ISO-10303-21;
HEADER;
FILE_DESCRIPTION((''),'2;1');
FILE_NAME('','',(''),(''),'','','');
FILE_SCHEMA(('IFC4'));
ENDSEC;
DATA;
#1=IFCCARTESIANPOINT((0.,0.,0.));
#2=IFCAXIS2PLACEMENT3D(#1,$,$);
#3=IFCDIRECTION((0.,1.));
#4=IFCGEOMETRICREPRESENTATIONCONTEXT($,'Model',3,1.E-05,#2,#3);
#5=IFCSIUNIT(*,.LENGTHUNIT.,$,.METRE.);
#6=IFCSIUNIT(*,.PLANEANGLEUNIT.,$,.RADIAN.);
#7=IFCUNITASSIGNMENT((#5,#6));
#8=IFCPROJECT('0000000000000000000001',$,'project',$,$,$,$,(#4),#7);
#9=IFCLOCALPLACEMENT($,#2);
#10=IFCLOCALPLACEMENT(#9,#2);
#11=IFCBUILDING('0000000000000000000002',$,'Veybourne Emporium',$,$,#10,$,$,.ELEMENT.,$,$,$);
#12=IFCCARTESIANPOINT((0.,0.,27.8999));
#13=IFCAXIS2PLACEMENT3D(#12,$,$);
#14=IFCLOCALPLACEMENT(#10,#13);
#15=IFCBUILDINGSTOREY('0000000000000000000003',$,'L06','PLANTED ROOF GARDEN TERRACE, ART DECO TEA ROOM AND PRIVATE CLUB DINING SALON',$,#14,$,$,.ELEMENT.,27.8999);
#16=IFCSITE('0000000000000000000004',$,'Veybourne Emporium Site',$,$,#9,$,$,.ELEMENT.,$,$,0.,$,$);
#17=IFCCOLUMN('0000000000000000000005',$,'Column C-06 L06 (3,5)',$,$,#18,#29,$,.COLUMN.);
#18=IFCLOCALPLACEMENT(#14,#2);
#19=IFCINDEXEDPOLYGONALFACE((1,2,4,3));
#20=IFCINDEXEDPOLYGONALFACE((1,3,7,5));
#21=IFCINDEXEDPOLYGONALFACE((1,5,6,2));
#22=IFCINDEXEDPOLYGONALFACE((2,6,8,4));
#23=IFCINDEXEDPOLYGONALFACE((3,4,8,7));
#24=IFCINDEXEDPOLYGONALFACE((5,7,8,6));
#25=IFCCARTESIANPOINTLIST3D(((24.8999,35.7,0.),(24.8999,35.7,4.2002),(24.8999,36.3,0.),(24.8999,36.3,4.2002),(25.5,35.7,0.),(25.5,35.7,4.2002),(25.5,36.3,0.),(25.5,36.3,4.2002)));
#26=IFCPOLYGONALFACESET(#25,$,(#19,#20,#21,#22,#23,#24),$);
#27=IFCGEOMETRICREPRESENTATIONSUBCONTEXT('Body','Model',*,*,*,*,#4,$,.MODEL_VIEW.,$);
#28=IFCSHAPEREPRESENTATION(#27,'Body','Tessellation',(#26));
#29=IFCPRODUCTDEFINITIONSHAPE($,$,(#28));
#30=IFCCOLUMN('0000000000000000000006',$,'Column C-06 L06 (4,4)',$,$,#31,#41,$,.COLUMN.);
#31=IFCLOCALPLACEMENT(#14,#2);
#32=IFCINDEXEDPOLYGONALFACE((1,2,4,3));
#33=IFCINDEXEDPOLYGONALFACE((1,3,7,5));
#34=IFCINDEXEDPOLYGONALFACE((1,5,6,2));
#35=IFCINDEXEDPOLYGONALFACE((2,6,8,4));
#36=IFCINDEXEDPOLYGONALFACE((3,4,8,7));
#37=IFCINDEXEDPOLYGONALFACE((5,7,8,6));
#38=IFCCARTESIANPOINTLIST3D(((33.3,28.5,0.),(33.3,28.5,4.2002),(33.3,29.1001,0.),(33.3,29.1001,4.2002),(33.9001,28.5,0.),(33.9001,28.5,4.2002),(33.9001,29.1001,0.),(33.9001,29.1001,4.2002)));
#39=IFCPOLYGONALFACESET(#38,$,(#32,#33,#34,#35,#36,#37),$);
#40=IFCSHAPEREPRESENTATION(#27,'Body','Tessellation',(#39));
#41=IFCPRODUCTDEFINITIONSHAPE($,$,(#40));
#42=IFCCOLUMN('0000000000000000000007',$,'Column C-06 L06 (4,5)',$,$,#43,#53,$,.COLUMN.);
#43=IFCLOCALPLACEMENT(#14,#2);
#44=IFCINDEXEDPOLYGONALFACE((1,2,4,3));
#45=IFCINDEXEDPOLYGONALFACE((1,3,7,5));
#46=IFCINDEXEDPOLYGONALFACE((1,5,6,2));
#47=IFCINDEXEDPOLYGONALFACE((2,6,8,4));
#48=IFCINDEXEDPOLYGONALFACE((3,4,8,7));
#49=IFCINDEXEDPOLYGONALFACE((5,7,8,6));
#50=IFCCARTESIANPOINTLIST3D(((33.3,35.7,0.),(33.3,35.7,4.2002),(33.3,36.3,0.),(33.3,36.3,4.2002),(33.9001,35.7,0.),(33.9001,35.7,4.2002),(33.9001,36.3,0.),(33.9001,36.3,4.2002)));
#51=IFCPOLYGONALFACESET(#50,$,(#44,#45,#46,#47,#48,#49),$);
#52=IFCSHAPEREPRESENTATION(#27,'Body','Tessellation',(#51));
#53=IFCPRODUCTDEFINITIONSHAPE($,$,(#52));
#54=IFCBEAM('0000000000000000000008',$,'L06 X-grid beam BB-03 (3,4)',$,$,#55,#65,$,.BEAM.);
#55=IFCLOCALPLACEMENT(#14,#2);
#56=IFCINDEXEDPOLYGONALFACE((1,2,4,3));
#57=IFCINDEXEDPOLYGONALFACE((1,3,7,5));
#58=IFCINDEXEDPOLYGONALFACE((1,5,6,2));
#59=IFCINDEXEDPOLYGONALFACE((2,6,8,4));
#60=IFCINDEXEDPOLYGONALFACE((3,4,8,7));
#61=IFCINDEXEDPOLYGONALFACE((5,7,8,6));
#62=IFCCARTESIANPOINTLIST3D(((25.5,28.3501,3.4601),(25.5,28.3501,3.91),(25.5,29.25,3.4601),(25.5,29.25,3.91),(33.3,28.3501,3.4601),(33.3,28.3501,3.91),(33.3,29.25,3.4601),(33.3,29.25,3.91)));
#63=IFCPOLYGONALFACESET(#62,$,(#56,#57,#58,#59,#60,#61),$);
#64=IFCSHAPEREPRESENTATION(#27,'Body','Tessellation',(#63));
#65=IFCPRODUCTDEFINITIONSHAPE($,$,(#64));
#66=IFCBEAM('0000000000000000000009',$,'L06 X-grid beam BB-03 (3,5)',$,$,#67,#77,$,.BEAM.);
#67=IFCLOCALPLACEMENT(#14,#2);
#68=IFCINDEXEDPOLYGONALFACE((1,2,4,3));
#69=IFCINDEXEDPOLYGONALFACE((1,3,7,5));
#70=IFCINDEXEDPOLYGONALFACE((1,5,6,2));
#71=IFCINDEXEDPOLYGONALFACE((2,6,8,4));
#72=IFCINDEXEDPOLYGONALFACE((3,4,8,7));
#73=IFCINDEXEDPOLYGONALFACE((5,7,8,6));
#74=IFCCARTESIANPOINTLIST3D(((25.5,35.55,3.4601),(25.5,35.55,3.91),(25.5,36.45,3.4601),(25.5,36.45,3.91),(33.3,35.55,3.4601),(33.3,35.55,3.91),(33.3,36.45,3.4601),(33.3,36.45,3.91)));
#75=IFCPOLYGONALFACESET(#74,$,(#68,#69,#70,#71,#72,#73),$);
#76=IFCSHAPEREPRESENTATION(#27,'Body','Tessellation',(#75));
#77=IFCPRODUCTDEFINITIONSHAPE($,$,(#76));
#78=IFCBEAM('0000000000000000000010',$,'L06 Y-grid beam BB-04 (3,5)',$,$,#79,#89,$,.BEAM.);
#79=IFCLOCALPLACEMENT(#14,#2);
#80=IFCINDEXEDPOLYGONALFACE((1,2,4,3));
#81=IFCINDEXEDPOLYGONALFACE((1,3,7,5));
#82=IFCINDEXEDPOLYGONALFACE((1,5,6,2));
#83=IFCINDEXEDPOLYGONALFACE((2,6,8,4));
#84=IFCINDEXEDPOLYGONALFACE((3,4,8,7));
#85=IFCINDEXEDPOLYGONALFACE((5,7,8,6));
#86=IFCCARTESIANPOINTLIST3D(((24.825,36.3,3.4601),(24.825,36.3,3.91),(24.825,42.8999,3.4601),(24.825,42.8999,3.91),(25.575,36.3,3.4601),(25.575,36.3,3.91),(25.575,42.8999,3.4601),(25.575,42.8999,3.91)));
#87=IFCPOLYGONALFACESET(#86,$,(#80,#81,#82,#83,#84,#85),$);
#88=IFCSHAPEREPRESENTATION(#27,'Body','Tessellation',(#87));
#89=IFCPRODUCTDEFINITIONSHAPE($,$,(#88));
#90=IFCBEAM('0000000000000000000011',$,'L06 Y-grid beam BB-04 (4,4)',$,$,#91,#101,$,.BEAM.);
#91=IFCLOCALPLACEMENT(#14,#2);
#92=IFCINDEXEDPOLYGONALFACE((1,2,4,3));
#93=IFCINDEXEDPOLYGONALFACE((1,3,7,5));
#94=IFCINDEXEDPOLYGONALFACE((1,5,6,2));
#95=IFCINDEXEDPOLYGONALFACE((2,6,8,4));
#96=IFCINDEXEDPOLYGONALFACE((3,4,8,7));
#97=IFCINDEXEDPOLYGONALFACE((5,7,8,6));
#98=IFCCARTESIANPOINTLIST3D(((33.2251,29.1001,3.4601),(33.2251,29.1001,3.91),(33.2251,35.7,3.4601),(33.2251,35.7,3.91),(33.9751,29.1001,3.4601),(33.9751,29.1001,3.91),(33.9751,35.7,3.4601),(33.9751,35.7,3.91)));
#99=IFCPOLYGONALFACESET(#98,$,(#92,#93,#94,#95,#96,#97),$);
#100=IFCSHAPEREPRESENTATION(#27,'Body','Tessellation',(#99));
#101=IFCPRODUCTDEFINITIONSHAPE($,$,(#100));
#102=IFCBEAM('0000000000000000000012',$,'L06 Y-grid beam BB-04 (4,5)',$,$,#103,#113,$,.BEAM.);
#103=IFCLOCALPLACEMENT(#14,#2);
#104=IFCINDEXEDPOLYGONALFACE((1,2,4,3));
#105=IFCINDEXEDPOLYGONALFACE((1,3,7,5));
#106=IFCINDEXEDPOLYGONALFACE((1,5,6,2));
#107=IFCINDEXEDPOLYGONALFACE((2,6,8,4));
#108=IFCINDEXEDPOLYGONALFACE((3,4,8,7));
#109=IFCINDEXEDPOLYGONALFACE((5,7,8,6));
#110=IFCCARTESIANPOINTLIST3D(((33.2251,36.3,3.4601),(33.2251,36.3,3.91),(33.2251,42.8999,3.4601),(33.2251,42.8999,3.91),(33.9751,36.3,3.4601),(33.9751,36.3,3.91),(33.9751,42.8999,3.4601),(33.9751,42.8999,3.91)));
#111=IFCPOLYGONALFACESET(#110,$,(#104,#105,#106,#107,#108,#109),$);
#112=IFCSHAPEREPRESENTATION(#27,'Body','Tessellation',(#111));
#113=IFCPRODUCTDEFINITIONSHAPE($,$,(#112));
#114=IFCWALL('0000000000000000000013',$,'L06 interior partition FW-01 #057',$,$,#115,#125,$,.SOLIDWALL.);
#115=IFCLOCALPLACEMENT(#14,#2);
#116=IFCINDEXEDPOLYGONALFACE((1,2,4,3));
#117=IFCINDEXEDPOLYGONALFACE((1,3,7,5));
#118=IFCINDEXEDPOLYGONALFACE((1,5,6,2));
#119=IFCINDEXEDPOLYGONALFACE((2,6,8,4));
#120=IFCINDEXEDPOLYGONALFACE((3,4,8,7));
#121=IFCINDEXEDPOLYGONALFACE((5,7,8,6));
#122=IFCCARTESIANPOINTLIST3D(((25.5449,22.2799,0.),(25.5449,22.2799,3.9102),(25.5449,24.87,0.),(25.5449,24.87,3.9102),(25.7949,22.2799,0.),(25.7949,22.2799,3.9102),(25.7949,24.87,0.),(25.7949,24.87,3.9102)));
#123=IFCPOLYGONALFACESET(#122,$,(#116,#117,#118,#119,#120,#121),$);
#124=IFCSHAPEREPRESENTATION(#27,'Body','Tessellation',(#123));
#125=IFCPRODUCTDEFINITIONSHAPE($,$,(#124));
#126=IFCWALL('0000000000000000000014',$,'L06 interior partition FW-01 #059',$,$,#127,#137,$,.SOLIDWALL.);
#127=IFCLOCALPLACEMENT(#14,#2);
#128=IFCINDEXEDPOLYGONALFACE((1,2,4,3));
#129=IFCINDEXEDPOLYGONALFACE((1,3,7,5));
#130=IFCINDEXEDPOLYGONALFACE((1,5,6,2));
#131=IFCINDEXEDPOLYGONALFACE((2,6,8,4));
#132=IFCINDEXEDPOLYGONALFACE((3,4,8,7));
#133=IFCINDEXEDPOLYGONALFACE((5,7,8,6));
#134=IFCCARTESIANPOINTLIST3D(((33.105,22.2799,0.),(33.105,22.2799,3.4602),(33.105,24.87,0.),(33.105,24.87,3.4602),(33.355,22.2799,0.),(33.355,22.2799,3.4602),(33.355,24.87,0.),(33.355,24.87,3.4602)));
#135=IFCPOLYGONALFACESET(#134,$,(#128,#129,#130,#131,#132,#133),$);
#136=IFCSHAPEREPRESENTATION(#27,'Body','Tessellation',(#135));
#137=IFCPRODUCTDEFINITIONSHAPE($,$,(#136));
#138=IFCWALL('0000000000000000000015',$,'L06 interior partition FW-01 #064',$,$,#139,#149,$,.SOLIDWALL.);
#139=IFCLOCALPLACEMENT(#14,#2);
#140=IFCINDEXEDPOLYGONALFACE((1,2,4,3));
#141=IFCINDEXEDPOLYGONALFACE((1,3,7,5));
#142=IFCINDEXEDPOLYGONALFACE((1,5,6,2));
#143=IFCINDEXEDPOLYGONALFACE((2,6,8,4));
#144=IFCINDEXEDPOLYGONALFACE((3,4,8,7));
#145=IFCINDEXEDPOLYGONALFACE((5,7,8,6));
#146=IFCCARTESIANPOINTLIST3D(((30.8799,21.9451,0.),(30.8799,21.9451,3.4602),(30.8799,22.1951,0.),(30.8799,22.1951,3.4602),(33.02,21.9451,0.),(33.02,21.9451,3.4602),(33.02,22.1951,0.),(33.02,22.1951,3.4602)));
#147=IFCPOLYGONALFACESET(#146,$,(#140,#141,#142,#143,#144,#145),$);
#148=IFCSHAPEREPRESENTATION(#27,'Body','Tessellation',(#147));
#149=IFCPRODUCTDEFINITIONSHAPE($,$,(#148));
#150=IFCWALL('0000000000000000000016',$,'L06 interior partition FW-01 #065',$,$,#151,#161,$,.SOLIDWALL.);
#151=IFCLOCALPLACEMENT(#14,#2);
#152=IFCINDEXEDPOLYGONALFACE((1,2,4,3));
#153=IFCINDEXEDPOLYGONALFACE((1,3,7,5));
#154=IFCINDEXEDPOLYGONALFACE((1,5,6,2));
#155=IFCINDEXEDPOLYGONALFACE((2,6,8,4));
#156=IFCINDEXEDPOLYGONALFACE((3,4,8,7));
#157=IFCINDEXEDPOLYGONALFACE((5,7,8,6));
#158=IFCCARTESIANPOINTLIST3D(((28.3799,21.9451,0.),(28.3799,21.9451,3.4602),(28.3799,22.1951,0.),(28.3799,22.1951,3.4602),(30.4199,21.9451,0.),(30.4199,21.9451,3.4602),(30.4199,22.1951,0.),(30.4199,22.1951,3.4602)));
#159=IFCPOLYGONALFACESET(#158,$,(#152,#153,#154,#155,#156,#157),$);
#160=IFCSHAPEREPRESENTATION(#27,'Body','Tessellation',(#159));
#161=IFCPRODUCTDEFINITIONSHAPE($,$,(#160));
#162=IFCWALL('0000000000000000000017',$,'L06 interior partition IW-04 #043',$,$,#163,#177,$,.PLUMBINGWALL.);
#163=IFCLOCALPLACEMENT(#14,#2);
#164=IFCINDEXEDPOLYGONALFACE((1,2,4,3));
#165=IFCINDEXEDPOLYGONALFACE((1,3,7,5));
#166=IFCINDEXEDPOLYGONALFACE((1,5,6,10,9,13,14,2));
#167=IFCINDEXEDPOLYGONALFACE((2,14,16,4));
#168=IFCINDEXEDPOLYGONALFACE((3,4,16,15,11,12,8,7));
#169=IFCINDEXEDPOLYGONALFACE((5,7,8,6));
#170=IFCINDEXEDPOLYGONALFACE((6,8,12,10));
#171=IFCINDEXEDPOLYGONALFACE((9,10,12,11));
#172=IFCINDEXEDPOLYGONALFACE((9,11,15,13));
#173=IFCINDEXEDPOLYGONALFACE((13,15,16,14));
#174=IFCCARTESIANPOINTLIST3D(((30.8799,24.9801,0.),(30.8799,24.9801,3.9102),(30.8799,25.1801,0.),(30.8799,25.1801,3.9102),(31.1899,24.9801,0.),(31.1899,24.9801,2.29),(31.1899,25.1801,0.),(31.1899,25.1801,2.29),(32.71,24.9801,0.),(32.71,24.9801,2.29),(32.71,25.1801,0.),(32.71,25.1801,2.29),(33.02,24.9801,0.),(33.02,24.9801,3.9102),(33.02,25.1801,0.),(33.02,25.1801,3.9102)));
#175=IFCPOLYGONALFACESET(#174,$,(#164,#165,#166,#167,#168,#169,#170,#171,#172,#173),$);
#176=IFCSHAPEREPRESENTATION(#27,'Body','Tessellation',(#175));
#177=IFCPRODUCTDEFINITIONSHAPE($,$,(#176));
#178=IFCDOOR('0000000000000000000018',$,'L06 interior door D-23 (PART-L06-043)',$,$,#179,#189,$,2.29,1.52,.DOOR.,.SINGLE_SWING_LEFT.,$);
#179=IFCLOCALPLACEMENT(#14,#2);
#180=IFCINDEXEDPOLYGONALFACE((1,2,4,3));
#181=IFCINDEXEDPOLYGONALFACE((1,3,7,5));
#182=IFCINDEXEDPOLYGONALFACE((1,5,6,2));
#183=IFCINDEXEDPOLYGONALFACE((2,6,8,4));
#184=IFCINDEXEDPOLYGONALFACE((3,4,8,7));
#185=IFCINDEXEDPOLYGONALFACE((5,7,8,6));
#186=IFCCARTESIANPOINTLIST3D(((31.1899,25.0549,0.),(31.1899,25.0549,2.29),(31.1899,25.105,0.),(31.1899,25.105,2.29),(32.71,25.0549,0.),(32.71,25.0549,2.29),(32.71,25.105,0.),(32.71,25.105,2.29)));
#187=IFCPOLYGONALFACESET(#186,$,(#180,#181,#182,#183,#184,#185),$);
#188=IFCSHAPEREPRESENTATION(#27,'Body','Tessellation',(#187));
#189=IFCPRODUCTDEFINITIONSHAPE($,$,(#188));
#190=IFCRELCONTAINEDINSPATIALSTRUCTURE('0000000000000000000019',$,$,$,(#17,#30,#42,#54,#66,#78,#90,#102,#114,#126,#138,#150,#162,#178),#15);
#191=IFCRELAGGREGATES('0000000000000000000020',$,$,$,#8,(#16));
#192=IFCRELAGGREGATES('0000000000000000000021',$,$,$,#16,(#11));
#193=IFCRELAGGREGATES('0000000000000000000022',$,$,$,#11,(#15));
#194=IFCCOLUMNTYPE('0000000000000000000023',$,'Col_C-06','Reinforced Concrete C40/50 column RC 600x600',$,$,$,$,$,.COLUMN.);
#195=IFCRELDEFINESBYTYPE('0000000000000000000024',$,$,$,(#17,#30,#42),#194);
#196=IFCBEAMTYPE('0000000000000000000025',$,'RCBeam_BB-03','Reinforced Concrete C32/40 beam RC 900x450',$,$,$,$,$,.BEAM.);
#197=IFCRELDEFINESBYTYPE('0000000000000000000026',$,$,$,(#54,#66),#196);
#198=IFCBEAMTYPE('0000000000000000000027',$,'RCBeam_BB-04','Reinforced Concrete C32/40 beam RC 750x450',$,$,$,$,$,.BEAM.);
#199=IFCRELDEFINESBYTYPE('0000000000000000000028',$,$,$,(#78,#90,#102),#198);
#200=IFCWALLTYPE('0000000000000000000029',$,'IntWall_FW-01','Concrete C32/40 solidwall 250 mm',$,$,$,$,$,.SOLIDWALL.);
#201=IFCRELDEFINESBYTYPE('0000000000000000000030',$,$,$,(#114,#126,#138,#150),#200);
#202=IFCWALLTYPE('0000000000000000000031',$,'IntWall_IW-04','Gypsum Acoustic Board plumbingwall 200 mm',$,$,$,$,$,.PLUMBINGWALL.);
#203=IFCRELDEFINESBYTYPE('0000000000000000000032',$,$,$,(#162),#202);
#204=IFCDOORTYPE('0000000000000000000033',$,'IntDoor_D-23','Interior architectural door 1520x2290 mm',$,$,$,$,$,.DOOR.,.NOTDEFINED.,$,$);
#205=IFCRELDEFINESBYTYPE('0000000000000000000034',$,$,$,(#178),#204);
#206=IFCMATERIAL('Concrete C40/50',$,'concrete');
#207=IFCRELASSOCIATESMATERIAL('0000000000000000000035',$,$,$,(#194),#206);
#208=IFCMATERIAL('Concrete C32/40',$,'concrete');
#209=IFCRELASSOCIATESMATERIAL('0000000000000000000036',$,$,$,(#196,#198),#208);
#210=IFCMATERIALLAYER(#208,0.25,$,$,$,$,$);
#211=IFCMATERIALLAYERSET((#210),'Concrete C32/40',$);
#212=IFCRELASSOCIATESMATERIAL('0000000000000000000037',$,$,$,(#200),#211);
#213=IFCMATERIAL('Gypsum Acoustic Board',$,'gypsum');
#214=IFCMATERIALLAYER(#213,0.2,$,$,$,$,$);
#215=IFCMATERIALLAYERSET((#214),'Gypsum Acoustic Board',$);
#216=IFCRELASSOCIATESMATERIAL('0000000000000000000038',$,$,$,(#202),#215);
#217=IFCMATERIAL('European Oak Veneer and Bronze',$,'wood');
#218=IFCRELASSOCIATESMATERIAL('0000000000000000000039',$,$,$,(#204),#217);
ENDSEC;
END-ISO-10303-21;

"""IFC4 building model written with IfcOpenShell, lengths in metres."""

from ifc_helpers import new_model, si_unit, direction, frame, frame_2d, origin, origin_2d, place, context, subcontext, project, spatial, rectangle, extrude, material, layer, layer_set, material_profile, profile_set, type_object, element, fill, save


model = new_model("IFC4")

# Units and contexts
model_context = context("Model", 3, precision=1e-05, world=origin(), true_north=direction((0.0, 1.0)))
body_context = subcontext(model_context, "Body", "Model", "MODEL_VIEW")
ifc_project = project(units=[si_unit("LENGTHUNIT", "METRE"), si_unit("PLANEANGLEUNIT", "RADIAN")], contexts=[model_context])

# Site, building, storey
site_placement = place(None, origin())
site = spatial("IfcSite", under=ifc_project, at=site_placement, Name="Veybourne Emporium Site", CompositionType="ELEMENT", RefElevation=0.0)
building_placement = place(site_placement, origin())
building = spatial("IfcBuilding", under=site, at=building_placement, Name="Veybourne Emporium", CompositionType="ELEMENT")
storey_placement = place(building_placement, frame((0.0, 0.0, 27.8999)))
storey = spatial("IfcBuildingStorey", under=building, at=storey_placement, Name="L06", Description="PLANTED ROOF GARDEN TERRACE, ART DECO TEA ROOM AND PRIVATE CLUB DINING SALON", CompositionType="ELEMENT", Elevation=27.8999)

# Columns
ifc_material_1 = material(Name="Concrete C40/50", Category="concrete")
ifc_material_profile_1 = material_profile(ifc_material_1, rectangle(XDim=0.6001, YDim=0.6001, at=origin_2d()), Name="RC 600x600")
ifc_profile_set_1 = profile_set([ifc_material_profile_1], Name="Concrete C40/50")
column_type = type_object("IfcColumnType", Name="Col_C-06", Description="Reinforced Concrete C40/50 column RC 600x600", PredefinedType="COLUMN", material=ifc_profile_set_1)
for number, where, z_axis, x_axis, name in (
    (1, (25.2, 36.0, 0.0), (0.0, 0.0, 1.0), (1.0, 0.0, 0.0), "Column C-06 L06 (3,5)"),
    (2, (33.6001, 28.8, 0.0), (0.0, 0.0, 1.0), (1.0, 0.0, 0.0), "Column C-06 L06 (4,4)"),
    (3, (33.6001, 36.0, 0.0), (0.0, 0.0, 1.0), (1.0, 0.0, 0.0), "Column C-06 L06 (4,5)"),
):
    element("IfcColumn", number, at=place(storey_placement, frame(where, z_axis=z_axis, x_axis=x_axis)), inside=storey, type_object=column_type, Name=name, PredefinedType="COLUMN", context=body_context, shape_type="SweptSolid", body=[
        extrude(rectangle(XDim=0.6001, YDim=0.6001, at=origin_2d()), origin(), (0.0, 0.0, 1.0), 4.2002),
    ])

# Beams
ifc_material_2 = material(Name="Concrete C32/40", Category="concrete")
ifc_material_profile_2 = material_profile(ifc_material_2, rectangle(XDim=0.8999, YDim=0.45, at=origin_2d()), Name="RC 900x450")
ifc_profile_set_2 = profile_set([ifc_material_profile_2], Name="Concrete C32/40")
beam_type_1 = type_object("IfcBeamType", Name="RCBeam_BB-03", Description="Reinforced Concrete C32/40 beam RC 900x450", PredefinedType="BEAM", material=ifc_profile_set_2)
for number, where, z_axis, x_axis, name in (
    (4, (25.5, 28.8, 3.6851), (1.0, 0.0, 0.0), (0.0, 1.0, 0.0), "L06 X-grid beam BB-03 (3,4)"),
    (5, (25.5, 36.0, 3.6851), (1.0, 0.0, 0.0), (0.0, 1.0, 0.0), "L06 X-grid beam BB-03 (3,5)"),
):
    element("IfcBeam", number, at=place(storey_placement, frame(where, z_axis=z_axis, x_axis=x_axis)), inside=storey, type_object=beam_type_1, Name=name, PredefinedType="BEAM", context=body_context, shape_type="SweptSolid", body=[
        extrude(rectangle(XDim=0.8999, YDim=0.45, at=origin_2d()), origin(), (0.0, 0.0, 1.0), 7.8),
    ])
ifc_material_profile_3 = material_profile(ifc_material_2, rectangle(XDim=0.75, YDim=0.45, at=origin_2d()), Name="RC 750x450")
ifc_profile_set_3 = profile_set([ifc_material_profile_3], Name="Concrete C32/40")
beam_type_2 = type_object("IfcBeamType", Name="RCBeam_BB-04", Description="Reinforced Concrete C32/40 beam RC 750x450", PredefinedType="BEAM", material=ifc_profile_set_3)
for number, where, z_axis, x_axis, name in (
    (6, (25.2, 36.3, 3.6851), (0.0, 1.0, 0.0), (-1.0, 0.0, 0.0), "L06 Y-grid beam BB-04 (3,5)"),
    (7, (33.6001, 29.1001, 3.6851), (0.0, 1.0, 0.0), (-1.0, 0.0, 0.0), "L06 Y-grid beam BB-04 (4,4)"),
    (8, (33.6001, 36.3, 3.6851), (0.0, 1.0, 0.0), (-1.0, 0.0, 0.0), "L06 Y-grid beam BB-04 (4,5)"),
):
    element("IfcBeam", number, at=place(storey_placement, frame(where, z_axis=z_axis, x_axis=x_axis)), inside=storey, type_object=beam_type_2, Name=name, PredefinedType="BEAM", context=body_context, shape_type="SweptSolid", body=[
        extrude(rectangle(XDim=0.75, YDim=0.45, at=origin_2d()), origin(), (0.0, 0.0, 1.0), 6.5999),
    ])

# Walls
ifc_layer_1 = layer(ifc_material_2, 0.25)
ifc_layer_set_1 = layer_set([ifc_layer_1], Name="Concrete C32/40")
wall_type_1 = type_object("IfcWallType", Name="IntWall_FW-01", Description="Concrete C32/40 solidwall 250 mm", PredefinedType="SOLIDWALL", material=ifc_layer_set_1)
wall_1_placement = place(storey_placement, frame((25.6699, 22.28, 0.0), z_axis=(0.0, 0.0, 1.0), x_axis=(0.0, 1.0, 0.0)))
element("IfcWall", 9, at=wall_1_placement, inside=storey, type_object=wall_type_1, Name="L06 interior partition FW-01 #057", PredefinedType="SOLIDWALL", context=body_context, shape_type="SweptSolid", body=[
    extrude(rectangle(XDim=2.5901, YDim=0.25, at=frame_2d((1.2949, 0.0))), origin(), (0.0, 0.0, 1.0), 3.9102),
])
wall_2_placement = place(storey_placement, frame((33.23, 22.28, 0.0), z_axis=(0.0, 0.0, 1.0), x_axis=(0.0, 1.0, 0.0)))
element("IfcWall", 10, at=wall_2_placement, inside=storey, type_object=wall_type_1, Name="L06 interior partition FW-01 #059", PredefinedType="SOLIDWALL", context=body_context, shape_type="SweptSolid", body=[
    extrude(rectangle(XDim=2.5901, YDim=0.25, at=frame_2d((1.2949, 0.0))), origin(), (0.0, 0.0, 1.0), 3.4602),
])
wall_3_placement = place(storey_placement, frame((30.8799, 22.0701, 0.0), z_axis=(0.0, 0.0, 1.0), x_axis=(1.0, 0.0, 0.0)))
element("IfcWall", 11, at=wall_3_placement, inside=storey, type_object=wall_type_1, Name="L06 interior partition FW-01 #064", PredefinedType="SOLIDWALL", context=body_context, shape_type="SweptSolid", body=[
    extrude(rectangle(XDim=2.1401, YDim=0.25, at=frame_2d((1.0701, 0.0))), origin(), (0.0, 0.0, 1.0), 3.4602),
])
wall_4_placement = place(storey_placement, frame((28.3799, 22.0701, 0.0), z_axis=(0.0, 0.0, 1.0), x_axis=(1.0, 0.0, 0.0)))
element("IfcWall", 12, at=wall_4_placement, inside=storey, type_object=wall_type_1, Name="L06 interior partition FW-01 #065", PredefinedType="SOLIDWALL", context=body_context, shape_type="SweptSolid", body=[
    extrude(rectangle(XDim=2.04, YDim=0.25, at=frame_2d((1.02, 0.0))), origin(), (0.0, 0.0, 1.0), 3.4602),
])

# Wall, opening, door
ifc_material_3 = material(Name="Gypsum Acoustic Board", Category="gypsum")
ifc_layer_2 = layer(ifc_material_3, 0.2)
ifc_layer_set_2 = layer_set([ifc_layer_2], Name="Gypsum Acoustic Board")
wall_type_2 = type_object("IfcWallType", Name="IntWall_IW-04", Description="Gypsum Acoustic Board plumbingwall 200 mm", PredefinedType="PLUMBINGWALL", material=ifc_layer_set_2)
wall_5_placement = place(storey_placement, frame((30.8799, 25.0801, 0.0), z_axis=(0.0, 0.0, 1.0), x_axis=(1.0, 0.0, 0.0)))
wall_5 = element("IfcWall", 13, at=wall_5_placement, inside=storey, type_object=wall_type_2, Name="L06 interior partition IW-04 #043", PredefinedType="PLUMBINGWALL", context=body_context, shape_type="SweptSolid", body=[
    extrude(rectangle(XDim=2.1401, YDim=0.2, at=frame_2d((1.0701, 0.0))), origin(), (0.0, 0.0, 1.0), 3.9102),
])
opening_1_placement = place(wall_5_placement, frame((0.3101, 0.0, 0.0)))
opening_1 = element("IfcOpeningElement", 14, at=opening_1_placement, cuts=wall_5, PredefinedType="OPENING", context=body_context, shape_type="SweptSolid", body=[
    extrude(rectangle(XDim=1.52, YDim=2.29, at=frame_2d((0.76, 1.145))), frame((0.0, 0.1201, 0.0), z_axis=(0.0, -1.0, 0.0), x_axis=(1.0, 0.0, 0.0)), (0.0, 0.0, 1.0), 0.24),
])
ifc_material_4 = material(Name="European Oak Veneer and Bronze", Category="wood")
door_type_1 = type_object("IfcDoorType", Name="IntDoor_D-23", Description="Interior architectural door 1520x2290 mm", OperationType="NOTDEFINED", PredefinedType="DOOR", material=ifc_material_4)
door_1_placement = place(opening_1_placement, origin())
door_1 = element("IfcDoor", 15, at=door_1_placement, inside=storey, type_object=door_type_1, Name="L06 interior door D-23 (PART-L06-043)", OperationType="SINGLE_SWING_LEFT", OverallHeight=2.29, OverallWidth=1.52, PredefinedType="DOOR", context=body_context, shape_type="SweptSolid", body=[
    extrude(rectangle(XDim=1.52, YDim=2.29, at=frame_2d((0.76, 1.145))), frame((0.0, 0.0249, 0.0), z_axis=(0.0, -1.0, 0.0), x_axis=(1.0, 0.0, 0.0)), (0.0, 0.0, 1.0), 0.05),
])
fill(opening_1, door_1)

save(model, "model.ifc")
